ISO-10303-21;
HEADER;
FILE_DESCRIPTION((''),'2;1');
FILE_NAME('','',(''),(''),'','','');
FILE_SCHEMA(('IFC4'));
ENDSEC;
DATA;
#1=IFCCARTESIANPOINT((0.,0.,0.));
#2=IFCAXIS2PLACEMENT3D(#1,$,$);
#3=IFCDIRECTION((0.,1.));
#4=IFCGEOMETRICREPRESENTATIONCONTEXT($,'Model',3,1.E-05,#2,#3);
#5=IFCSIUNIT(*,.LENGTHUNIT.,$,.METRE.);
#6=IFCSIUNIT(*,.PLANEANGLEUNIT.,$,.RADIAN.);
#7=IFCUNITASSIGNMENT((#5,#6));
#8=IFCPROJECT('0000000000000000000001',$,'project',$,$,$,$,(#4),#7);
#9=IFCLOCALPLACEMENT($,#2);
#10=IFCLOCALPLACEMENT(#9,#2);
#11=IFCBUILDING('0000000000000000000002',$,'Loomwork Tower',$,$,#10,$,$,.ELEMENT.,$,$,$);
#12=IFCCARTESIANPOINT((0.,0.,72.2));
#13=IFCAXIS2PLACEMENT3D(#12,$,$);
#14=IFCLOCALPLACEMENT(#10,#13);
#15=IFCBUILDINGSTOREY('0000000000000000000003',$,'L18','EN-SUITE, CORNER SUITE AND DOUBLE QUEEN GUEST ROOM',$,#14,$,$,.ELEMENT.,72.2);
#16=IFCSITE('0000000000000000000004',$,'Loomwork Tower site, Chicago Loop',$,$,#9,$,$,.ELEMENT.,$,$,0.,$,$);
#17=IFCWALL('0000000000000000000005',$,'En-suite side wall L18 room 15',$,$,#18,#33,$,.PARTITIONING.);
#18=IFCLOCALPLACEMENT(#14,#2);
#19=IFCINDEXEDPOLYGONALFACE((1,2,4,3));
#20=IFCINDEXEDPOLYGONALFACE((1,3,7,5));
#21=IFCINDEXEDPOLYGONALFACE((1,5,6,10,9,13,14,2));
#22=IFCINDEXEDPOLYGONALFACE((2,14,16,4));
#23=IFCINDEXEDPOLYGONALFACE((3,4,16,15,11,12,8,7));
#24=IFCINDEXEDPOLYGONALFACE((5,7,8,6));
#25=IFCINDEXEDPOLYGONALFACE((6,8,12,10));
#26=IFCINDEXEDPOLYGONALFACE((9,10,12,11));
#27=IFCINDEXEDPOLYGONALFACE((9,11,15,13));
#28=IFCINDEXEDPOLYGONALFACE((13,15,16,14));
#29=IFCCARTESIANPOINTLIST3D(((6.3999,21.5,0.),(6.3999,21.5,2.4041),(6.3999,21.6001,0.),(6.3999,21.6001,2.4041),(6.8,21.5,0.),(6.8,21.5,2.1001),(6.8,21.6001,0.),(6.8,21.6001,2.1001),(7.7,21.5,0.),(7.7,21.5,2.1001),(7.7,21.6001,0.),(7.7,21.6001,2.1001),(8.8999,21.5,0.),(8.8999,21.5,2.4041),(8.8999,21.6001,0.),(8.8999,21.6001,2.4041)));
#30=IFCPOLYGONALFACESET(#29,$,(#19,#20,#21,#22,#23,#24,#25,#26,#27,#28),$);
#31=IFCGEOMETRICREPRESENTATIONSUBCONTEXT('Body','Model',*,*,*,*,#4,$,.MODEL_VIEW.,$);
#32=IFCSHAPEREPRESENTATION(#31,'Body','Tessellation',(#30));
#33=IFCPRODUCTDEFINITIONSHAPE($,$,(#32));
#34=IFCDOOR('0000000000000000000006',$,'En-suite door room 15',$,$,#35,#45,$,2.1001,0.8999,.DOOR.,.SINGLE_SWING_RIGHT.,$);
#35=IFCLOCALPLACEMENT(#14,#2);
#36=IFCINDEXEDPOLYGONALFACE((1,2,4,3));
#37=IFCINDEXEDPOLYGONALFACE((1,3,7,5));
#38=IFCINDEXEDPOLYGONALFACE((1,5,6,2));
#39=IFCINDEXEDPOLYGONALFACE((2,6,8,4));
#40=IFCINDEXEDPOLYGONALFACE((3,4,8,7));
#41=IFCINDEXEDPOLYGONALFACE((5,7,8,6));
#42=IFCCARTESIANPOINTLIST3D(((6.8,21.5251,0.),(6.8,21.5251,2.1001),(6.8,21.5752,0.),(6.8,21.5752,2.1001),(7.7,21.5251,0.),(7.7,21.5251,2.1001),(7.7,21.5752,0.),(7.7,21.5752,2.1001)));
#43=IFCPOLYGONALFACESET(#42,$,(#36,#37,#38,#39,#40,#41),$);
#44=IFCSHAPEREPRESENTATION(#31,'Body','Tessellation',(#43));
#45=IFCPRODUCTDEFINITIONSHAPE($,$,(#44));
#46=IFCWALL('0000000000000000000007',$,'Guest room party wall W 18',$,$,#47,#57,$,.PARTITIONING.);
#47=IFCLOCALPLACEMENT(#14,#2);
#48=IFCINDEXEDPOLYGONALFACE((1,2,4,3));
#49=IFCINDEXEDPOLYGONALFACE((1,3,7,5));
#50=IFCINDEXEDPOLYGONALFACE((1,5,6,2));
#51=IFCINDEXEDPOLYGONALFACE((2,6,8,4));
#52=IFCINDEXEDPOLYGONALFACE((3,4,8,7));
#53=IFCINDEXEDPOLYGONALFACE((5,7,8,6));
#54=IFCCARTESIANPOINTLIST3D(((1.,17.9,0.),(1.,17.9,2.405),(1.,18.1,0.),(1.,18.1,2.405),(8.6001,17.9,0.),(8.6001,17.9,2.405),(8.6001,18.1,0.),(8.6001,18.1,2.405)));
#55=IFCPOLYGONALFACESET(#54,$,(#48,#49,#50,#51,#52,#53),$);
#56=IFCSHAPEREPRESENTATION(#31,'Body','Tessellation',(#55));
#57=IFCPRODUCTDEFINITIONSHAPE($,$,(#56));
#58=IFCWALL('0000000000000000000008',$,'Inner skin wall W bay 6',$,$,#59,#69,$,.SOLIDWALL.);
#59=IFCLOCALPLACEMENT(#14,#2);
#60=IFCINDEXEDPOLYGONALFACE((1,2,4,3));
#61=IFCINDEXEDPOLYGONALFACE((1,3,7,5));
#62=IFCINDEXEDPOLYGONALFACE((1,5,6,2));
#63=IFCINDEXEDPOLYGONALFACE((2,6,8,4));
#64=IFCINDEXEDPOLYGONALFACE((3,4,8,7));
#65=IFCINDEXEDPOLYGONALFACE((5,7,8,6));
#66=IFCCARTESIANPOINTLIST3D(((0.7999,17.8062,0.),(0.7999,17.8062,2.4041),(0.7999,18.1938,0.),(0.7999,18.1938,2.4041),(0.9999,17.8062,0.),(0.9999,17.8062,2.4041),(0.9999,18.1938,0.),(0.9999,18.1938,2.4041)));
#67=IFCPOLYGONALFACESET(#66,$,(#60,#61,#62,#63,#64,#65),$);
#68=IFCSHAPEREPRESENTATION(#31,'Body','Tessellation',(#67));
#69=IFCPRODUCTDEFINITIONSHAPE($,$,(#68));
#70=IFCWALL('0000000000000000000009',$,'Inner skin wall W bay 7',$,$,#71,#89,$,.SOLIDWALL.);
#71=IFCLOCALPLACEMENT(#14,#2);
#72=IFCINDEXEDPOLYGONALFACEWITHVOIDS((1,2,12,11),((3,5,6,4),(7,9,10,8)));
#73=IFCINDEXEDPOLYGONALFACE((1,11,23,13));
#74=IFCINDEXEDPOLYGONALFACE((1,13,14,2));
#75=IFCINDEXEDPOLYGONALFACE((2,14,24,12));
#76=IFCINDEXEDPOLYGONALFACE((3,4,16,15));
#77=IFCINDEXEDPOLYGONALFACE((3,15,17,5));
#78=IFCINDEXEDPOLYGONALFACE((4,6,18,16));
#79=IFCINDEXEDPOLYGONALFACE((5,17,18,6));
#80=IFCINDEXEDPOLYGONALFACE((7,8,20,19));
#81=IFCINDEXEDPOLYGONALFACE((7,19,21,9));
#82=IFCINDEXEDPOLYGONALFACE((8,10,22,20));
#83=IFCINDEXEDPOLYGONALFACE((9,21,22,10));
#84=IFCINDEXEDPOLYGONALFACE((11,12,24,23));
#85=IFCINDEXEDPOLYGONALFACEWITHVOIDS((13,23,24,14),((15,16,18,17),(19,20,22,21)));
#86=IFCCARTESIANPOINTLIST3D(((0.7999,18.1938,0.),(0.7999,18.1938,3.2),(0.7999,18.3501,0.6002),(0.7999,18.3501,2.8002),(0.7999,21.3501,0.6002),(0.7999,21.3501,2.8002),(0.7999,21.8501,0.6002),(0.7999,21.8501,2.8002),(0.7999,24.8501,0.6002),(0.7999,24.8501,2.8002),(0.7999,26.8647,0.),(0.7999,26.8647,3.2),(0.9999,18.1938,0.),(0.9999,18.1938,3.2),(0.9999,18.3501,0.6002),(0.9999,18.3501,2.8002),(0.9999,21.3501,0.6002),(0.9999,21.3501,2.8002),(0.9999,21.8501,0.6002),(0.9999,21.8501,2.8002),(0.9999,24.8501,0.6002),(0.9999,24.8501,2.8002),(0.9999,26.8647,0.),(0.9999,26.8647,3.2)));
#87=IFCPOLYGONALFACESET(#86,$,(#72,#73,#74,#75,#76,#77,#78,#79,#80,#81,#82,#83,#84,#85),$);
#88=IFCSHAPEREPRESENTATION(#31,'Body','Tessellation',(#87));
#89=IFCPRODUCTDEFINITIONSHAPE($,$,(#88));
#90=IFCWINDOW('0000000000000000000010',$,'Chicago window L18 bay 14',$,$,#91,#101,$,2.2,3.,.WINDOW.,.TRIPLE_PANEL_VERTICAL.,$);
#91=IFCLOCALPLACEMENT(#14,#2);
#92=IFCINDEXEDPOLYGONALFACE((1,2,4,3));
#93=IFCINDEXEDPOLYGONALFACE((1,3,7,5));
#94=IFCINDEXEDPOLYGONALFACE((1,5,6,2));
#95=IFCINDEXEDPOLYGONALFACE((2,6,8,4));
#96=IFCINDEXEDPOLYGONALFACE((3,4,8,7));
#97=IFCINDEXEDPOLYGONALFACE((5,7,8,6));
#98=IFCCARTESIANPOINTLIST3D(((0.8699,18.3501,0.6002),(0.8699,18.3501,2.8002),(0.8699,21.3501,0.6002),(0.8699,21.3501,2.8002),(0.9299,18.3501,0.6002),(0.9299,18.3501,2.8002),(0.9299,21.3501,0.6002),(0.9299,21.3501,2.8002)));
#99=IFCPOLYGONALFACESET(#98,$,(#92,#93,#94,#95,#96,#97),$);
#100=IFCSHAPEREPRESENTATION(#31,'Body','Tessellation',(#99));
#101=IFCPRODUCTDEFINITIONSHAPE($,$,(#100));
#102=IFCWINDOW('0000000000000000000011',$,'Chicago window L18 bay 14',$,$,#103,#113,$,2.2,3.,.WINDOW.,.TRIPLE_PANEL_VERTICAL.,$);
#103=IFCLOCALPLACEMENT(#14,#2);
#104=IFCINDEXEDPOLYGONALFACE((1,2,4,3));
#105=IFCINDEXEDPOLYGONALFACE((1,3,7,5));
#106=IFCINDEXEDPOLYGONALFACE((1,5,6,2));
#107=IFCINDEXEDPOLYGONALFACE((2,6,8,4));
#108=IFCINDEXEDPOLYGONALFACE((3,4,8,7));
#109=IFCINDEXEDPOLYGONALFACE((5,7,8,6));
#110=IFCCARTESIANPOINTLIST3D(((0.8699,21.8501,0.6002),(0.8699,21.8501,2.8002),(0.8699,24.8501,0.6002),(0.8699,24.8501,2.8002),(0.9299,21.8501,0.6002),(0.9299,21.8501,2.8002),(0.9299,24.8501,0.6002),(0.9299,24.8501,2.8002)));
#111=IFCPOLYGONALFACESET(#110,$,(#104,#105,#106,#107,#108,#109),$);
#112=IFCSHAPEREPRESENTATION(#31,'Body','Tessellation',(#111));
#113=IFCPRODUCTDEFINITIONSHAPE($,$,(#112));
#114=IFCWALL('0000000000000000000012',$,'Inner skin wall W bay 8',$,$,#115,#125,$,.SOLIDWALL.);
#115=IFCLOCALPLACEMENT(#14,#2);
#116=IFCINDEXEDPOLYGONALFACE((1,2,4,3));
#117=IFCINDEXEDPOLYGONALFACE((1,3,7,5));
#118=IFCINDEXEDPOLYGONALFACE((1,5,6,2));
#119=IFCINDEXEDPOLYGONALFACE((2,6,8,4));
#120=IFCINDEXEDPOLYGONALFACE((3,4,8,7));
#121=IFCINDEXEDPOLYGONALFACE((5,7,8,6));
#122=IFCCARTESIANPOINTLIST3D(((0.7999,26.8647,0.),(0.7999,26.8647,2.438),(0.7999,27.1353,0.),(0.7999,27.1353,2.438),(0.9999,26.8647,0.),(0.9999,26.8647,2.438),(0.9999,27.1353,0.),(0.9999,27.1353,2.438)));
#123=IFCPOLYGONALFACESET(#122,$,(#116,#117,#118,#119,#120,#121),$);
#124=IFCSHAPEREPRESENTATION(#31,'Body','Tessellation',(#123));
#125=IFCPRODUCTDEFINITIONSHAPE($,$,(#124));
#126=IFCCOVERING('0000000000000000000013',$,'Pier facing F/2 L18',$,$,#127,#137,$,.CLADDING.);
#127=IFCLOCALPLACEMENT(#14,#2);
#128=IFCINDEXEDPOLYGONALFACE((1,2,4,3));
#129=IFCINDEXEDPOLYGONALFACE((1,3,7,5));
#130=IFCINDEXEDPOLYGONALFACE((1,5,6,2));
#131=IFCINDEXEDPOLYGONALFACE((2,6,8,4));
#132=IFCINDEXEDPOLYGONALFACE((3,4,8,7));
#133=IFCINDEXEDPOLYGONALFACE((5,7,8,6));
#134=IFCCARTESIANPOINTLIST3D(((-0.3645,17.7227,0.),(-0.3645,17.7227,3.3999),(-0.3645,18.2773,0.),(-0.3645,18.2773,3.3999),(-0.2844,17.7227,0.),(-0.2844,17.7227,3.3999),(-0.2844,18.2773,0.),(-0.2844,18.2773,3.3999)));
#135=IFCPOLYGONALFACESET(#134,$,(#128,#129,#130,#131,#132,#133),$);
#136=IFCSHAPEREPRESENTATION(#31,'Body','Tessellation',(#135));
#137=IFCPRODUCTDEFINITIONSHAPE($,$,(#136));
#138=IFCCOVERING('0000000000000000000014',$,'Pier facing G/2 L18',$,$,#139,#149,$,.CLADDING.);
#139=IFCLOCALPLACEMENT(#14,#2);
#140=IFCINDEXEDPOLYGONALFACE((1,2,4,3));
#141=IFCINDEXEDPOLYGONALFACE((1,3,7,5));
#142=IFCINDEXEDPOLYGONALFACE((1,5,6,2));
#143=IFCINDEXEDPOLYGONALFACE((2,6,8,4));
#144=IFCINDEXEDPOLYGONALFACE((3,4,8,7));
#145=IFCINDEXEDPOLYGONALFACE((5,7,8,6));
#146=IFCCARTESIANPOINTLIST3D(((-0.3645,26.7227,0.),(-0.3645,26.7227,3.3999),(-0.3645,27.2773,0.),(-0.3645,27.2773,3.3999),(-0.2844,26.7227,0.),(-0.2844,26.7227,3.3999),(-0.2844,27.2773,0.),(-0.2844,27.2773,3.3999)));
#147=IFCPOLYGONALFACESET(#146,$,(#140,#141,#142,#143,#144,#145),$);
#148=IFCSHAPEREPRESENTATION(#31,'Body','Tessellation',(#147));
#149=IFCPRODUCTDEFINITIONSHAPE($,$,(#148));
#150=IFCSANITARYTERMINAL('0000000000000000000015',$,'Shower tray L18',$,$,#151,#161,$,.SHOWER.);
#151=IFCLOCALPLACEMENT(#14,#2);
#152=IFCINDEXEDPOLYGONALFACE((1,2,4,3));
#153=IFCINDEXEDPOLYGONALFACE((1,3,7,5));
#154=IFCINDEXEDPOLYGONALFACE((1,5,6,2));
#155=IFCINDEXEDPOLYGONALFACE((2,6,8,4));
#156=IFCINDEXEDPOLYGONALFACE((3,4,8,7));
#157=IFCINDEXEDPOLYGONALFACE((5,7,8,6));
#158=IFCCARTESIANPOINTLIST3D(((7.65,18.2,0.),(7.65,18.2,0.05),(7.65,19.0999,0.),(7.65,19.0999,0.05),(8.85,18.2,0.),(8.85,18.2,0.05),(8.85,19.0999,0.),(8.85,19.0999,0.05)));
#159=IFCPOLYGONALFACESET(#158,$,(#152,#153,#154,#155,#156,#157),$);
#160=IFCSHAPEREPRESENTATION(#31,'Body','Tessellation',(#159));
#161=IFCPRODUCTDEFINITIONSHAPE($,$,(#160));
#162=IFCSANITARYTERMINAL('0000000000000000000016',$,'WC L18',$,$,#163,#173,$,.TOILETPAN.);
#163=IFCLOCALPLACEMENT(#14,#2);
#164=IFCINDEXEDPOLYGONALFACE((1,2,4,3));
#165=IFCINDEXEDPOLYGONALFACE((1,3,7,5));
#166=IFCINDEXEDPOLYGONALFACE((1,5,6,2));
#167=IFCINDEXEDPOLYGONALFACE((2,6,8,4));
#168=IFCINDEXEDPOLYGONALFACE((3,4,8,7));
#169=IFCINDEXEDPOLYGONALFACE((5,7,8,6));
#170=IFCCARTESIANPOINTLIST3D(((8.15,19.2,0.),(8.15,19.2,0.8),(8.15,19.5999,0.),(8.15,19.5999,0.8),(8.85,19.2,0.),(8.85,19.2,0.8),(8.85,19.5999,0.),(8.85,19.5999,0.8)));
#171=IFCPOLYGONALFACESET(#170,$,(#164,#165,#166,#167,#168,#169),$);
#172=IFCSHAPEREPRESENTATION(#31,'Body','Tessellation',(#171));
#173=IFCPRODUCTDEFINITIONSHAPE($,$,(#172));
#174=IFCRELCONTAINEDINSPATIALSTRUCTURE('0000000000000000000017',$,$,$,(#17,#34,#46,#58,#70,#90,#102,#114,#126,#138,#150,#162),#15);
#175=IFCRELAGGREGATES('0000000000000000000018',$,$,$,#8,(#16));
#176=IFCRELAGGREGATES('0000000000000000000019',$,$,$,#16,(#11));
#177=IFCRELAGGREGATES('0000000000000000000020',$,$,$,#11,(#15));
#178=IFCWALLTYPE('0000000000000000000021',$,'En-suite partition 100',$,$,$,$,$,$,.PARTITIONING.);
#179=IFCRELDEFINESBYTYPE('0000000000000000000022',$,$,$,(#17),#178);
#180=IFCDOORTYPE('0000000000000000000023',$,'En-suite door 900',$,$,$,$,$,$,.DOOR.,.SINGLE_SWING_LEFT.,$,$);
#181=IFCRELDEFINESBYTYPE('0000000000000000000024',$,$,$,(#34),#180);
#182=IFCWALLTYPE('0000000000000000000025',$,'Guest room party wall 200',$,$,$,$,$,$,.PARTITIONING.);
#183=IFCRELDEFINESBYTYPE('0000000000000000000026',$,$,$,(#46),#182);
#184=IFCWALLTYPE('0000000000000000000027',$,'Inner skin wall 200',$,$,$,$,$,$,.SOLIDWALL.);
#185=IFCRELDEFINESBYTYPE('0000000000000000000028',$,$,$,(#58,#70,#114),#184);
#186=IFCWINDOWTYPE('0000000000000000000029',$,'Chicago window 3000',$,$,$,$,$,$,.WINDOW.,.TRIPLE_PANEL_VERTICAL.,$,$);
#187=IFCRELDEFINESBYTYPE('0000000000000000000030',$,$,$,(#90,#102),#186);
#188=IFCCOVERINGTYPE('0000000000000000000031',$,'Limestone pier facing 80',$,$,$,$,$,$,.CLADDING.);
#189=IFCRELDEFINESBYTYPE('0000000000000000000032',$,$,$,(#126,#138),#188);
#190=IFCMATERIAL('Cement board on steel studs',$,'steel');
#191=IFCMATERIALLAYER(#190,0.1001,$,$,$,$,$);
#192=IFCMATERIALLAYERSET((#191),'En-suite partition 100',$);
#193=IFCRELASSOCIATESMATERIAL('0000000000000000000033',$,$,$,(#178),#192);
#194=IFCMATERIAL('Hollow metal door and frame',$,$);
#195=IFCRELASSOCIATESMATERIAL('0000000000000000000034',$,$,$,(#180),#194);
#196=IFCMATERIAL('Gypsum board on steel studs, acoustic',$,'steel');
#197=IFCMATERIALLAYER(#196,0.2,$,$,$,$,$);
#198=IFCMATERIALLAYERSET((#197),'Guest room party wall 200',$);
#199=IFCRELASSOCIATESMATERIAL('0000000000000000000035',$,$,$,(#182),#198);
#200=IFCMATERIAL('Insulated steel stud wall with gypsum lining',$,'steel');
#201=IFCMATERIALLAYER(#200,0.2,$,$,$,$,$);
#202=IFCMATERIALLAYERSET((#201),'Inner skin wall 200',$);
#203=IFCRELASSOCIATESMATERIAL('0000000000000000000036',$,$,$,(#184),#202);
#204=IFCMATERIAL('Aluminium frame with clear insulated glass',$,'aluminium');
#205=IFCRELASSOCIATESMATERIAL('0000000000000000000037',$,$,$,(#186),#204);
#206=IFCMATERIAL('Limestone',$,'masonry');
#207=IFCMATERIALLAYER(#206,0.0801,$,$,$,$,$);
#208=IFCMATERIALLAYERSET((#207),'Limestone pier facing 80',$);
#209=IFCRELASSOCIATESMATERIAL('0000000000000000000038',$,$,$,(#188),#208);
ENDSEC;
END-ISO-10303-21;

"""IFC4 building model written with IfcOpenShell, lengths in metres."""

from ifc_helpers import new_model, si_unit, direction, frame, frame_2d, origin, origin_2d, place, context, subcontext, project, spatial, rectangle, extrude, material, layer, layer_set, type_object, element, fill, save


model = new_model("IFC4")

# Units and contexts
model_context = context("Model", 3, precision=1e-05, world=origin(), true_north=direction((0.0, 1.0)))
body_context = subcontext(model_context, "Body", "Model", "MODEL_VIEW")
ifc_project = project(units=[si_unit("LENGTHUNIT", "METRE"), si_unit("PLANEANGLEUNIT", "RADIAN")], contexts=[model_context])

# Site, building, storey
site_placement = place(None, origin())
site = spatial("IfcSite", under=ifc_project, at=site_placement, Name="Loomwork Tower site, Chicago Loop", CompositionType="ELEMENT", RefElevation=0.0)
building_placement = place(site_placement, origin())
building = spatial("IfcBuilding", under=site, at=building_placement, Name="Loomwork Tower", CompositionType="ELEMENT")
storey_placement = place(building_placement, frame((0.0, 0.0, 72.2)))
storey = spatial("IfcBuildingStorey", under=building, at=storey_placement, Name="L18", Description="EN-SUITE, CORNER SUITE AND DOUBLE QUEEN GUEST ROOM", CompositionType="ELEMENT", Elevation=72.2)

# Shared definitions
ifc_material_1 = material(Name="Cement board on steel studs", Category="steel")
ifc_layer_1 = layer(ifc_material_1, 0.1001)
ifc_layer_set_1 = layer_set([ifc_layer_1], Name="En-suite partition 100")
wall_type_1 = type_object("IfcWallType", Name="En-suite partition 100", PredefinedType="PARTITIONING", material=ifc_layer_set_1)

# Wall, opening, door
wall_1_placement = place(storey_placement, frame((8.8999, 21.55, 0.0), z_axis=(0.0, 0.0, 1.0), x_axis=(-1.0, 0.0, 0.0)))
wall_1 = element("IfcWall", 1, at=wall_1_placement, inside=storey, type_object=wall_type_1, Name="En-suite side wall L18 room 15", PredefinedType="PARTITIONING", context=body_context, shape_type="SweptSolid", body=[
    extrude(rectangle(XDim=2.5, YDim=0.1001, at=frame_2d((1.25, 0.0))), origin(), (0.0, 0.0, 1.0), 2.4041),
])
opening_1_placement = place(wall_1_placement, frame((1.2, 0.0, 0.0)))
opening_1 = element("IfcOpeningElement", 2, at=opening_1_placement, cuts=wall_1, PredefinedType="OPENING", context=body_context, shape_type="SweptSolid", body=[
    extrude(rectangle(XDim=0.8999, YDim=2.1001, at=frame_2d((0.45, 1.05))), frame((0.0, 0.0601, 0.0), z_axis=(0.0, -1.0, 0.0), x_axis=(1.0, 0.0, 0.0)), (0.0, 0.0, 1.0), 0.1201),
])
ifc_material_2 = material(Name="Hollow metal door and frame")
door_type = type_object("IfcDoorType", Name="En-suite door 900", OperationType="SINGLE_SWING_LEFT", PredefinedType="DOOR", material=ifc_material_2)
door_placement = place(opening_1_placement, origin())
door = element("IfcDoor", 3, at=door_placement, inside=storey, type_object=door_type, Name="En-suite door room 15", OperationType="SINGLE_SWING_RIGHT", OverallHeight=2.1001, OverallWidth=0.8999, PredefinedType="DOOR", context=body_context, shape_type="SweptSolid", body=[
    extrude(rectangle(XDim=0.8999, YDim=2.1001, at=frame_2d((0.45, 1.05))), frame((0.0, 0.0249, 0.0), z_axis=(0.0, -1.0, 0.0), x_axis=(1.0, 0.0, 0.0)), (0.0, 0.0, 1.0), 0.05),
])
fill(opening_1, door)

# Walls
ifc_material_3 = material(Name="Gypsum board on steel studs, acoustic", Category="steel")
ifc_layer_2 = layer(ifc_material_3, 0.2)
ifc_layer_set_2 = layer_set([ifc_layer_2], Name="Guest room party wall 200")
wall_type_2 = type_object("IfcWallType", Name="Guest room party wall 200", PredefinedType="PARTITIONING", material=ifc_layer_set_2)
wall_2_placement = place(storey_placement, frame((8.6001, 18.0, 0.0), z_axis=(0.0, 0.0, 1.0), x_axis=(-1.0, 0.0, 0.0)))
element("IfcWall", 4, at=wall_2_placement, inside=storey, type_object=wall_type_2, Name="Guest room party wall W 18", PredefinedType="PARTITIONING", context=body_context, shape_type="SweptSolid", body=[
    extrude(rectangle(XDim=7.6001, YDim=0.2, at=frame_2d((3.8, 0.0))), origin(), (0.0, 0.0, 1.0), 2.405),
])
ifc_material_4 = material(Name="Insulated steel stud wall with gypsum lining", Category="steel")
ifc_layer_3 = layer(ifc_material_4, 0.2)
ifc_layer_set_3 = layer_set([ifc_layer_3], Name="Inner skin wall 200")
wall_type_3 = type_object("IfcWallType", Name="Inner skin wall 200", PredefinedType="SOLIDWALL", material=ifc_layer_set_3)
wall_3_placement = place(storey_placement, frame((0.8999, 17.8062, 0.0), z_axis=(0.0, 0.0, 1.0), x_axis=(0.0, 1.0, 0.0)))
element("IfcWall", 5, at=wall_3_placement, inside=storey, type_object=wall_type_3, Name="Inner skin wall W bay 6", PredefinedType="SOLIDWALL", context=body_context, shape_type="SweptSolid", body=[
    extrude(rectangle(XDim=0.3877, YDim=0.2, at=frame_2d((0.1938, 0.0))), origin(), (0.0, 0.0, 1.0), 2.4041),
])

# Wall, openings, windows
wall_4_placement = place(storey_placement, frame((0.8999, 18.1938, 0.0), z_axis=(0.0, 0.0, 1.0), x_axis=(0.0, 1.0, 0.0)))
wall_4 = element("IfcWall", 6, at=wall_4_placement, inside=storey, type_object=wall_type_3, Name="Inner skin wall W bay 7", PredefinedType="SOLIDWALL", context=body_context, shape_type="SweptSolid", body=[
    extrude(rectangle(XDim=8.6709, YDim=0.2, at=frame_2d((4.3354, 0.0))), origin(), (0.0, 0.0, 1.0), 3.2),
])
opening_2_placement = place(wall_4_placement, frame((0.1562, 0.0, 0.6001)))
opening_2 = element("IfcOpeningElement", 7, at=opening_2_placement, cuts=wall_4, PredefinedType="OPENING", context=body_context, shape_type="SweptSolid", body=[
    extrude(rectangle(XDim=3.0, YDim=2.2, at=frame_2d((1.5, 1.1001))), frame((0.0, 0.1099, 0.0), z_axis=(0.0, -1.0, 0.0), x_axis=(1.0, 0.0, 0.0)), (0.0, 0.0, 1.0), 0.22),
])
opening_3_placement = place(wall_4_placement, frame((3.6562, 0.0, 0.6001)))
opening_3 = element("IfcOpeningElement", 8, at=opening_3_placement, cuts=wall_4, PredefinedType="OPENING", context=body_context, shape_type="SweptSolid", body=[
    extrude(rectangle(XDim=3.0, YDim=2.2, at=frame_2d((1.5, 1.1001))), frame((0.0, 0.1099, 0.0), z_axis=(0.0, -1.0, 0.0), x_axis=(1.0, 0.0, 0.0)), (0.0, 0.0, 1.0), 0.22),
])
ifc_material_5 = material(Name="Aluminium frame with clear insulated glass", Category="aluminium")
window_type = type_object("IfcWindowType", Name="Chicago window 3000", PartitioningType="TRIPLE_PANEL_VERTICAL", PredefinedType="WINDOW", material=ifc_material_5)
window_1_placement = place(opening_2_placement, origin())
window_1 = element("IfcWindow", 9, at=window_1_placement, inside=storey, type_object=window_type, Name="Chicago window L18 bay 14", OverallHeight=2.2, OverallWidth=3.0, PartitioningType="TRIPLE_PANEL_VERTICAL", PredefinedType="WINDOW", context=body_context, shape_type="SweptSolid", body=[
    extrude(rectangle(XDim=3.0, YDim=2.2, at=frame_2d((1.5, 1.1001))), frame((0.0, 0.03, 0.0), z_axis=(0.0, -1.0, 0.0), x_axis=(1.0, 0.0, 0.0)), (0.0, 0.0, 1.0), 0.0601),
])
fill(opening_2, window_1)
window_2_placement = place(opening_3_placement, origin())
window_2 = element("IfcWindow", 10, at=window_2_placement, inside=storey, type_object=window_type, Name="Chicago window L18 bay 14", OverallHeight=2.2, OverallWidth=3.0, PartitioningType="TRIPLE_PANEL_VERTICAL", PredefinedType="WINDOW", context=body_context, shape_type="SweptSolid", body=[
    extrude(rectangle(XDim=3.0, YDim=2.2, at=frame_2d((1.5, 1.1001))), frame((0.0, 0.03, 0.0), z_axis=(0.0, -1.0, 0.0), x_axis=(1.0, 0.0, 0.0)), (0.0, 0.0, 1.0), 0.0601),
])
fill(opening_3, window_2)

# Wall
wall_5_placement = place(storey_placement, frame((0.8999, 26.8647, 0.0), z_axis=(0.0, 0.0, 1.0), x_axis=(0.0, 1.0, 0.0)))
element("IfcWall", 11, at=wall_5_placement, inside=storey, type_object=wall_type_3, Name="Inner skin wall W bay 8", PredefinedType="SOLIDWALL", context=body_context, shape_type="SweptSolid", body=[
    extrude(rectangle(XDim=0.2705, YDim=0.2, at=frame_2d((0.1353, 0.0))), origin(), (0.0, 0.0, 1.0), 2.438),
])

# Coverings
ifc_material_6 = material(Name="Limestone", Category="masonry")
ifc_layer_4 = layer(ifc_material_6, 0.0801)
ifc_layer_set_4 = layer_set([ifc_layer_4], Name="Limestone pier facing 80")
covering_type = type_object("IfcCoveringType", Name="Limestone pier facing 80", PredefinedType="CLADDING", material=ifc_layer_set_4)
for number, where, z_axis, x_axis, name in (
    (12, (-0.3245, 18.0, 0.0), (0.0, 0.0, 1.0), (1.0, 0.0, 0.0), "Pier facing F/2 L18"),
    (13, (-0.3245, 27.0, 0.0), (0.0, 0.0, 1.0), (1.0, 0.0, 0.0), "Pier facing G/2 L18"),
):
    element("IfcCovering", number, at=place(storey_placement, frame(where, z_axis=z_axis, x_axis=x_axis)), inside=storey, type_object=covering_type, Name=name, PredefinedType="CLADDING", context=body_context, shape_type="SweptSolid", body=[
        extrude(rectangle(XDim=0.0801, YDim=0.5547, at=origin_2d()), origin(), (0.0, 0.0, 1.0), 3.3999),
    ])

# Sanitary terminals
sanitary_terminal_1_placement = place(storey_placement, frame((8.25, 18.6499, 0.0), z_axis=(0.0, 0.0, 1.0), x_axis=(1.0, 0.0, 0.0)))
element("IfcSanitaryTerminal", 14, at=sanitary_terminal_1_placement, inside=storey, Name="Shower tray L18", PredefinedType="SHOWER", context=body_context, shape_type="SweptSolid", body=[
    extrude(rectangle(XDim=1.2, YDim=0.8999, at=origin_2d()), origin(), (0.0, 0.0, 1.0), 0.05),
])
sanitary_terminal_2_placement = place(storey_placement, frame((8.5, 19.3999, 0.0), z_axis=(0.0, 0.0, 1.0), x_axis=(1.0, 0.0, 0.0)))
element("IfcSanitaryTerminal", 15, at=sanitary_terminal_2_placement, inside=storey, Name="WC L18", PredefinedType="TOILETPAN", context=body_context, shape_type="SweptSolid", body=[
    extrude(rectangle(XDim=0.7, YDim=0.3999, at=origin_2d()), origin(), (0.0, 0.0, 1.0), 0.8),
])

save(model, "model.ifc")
